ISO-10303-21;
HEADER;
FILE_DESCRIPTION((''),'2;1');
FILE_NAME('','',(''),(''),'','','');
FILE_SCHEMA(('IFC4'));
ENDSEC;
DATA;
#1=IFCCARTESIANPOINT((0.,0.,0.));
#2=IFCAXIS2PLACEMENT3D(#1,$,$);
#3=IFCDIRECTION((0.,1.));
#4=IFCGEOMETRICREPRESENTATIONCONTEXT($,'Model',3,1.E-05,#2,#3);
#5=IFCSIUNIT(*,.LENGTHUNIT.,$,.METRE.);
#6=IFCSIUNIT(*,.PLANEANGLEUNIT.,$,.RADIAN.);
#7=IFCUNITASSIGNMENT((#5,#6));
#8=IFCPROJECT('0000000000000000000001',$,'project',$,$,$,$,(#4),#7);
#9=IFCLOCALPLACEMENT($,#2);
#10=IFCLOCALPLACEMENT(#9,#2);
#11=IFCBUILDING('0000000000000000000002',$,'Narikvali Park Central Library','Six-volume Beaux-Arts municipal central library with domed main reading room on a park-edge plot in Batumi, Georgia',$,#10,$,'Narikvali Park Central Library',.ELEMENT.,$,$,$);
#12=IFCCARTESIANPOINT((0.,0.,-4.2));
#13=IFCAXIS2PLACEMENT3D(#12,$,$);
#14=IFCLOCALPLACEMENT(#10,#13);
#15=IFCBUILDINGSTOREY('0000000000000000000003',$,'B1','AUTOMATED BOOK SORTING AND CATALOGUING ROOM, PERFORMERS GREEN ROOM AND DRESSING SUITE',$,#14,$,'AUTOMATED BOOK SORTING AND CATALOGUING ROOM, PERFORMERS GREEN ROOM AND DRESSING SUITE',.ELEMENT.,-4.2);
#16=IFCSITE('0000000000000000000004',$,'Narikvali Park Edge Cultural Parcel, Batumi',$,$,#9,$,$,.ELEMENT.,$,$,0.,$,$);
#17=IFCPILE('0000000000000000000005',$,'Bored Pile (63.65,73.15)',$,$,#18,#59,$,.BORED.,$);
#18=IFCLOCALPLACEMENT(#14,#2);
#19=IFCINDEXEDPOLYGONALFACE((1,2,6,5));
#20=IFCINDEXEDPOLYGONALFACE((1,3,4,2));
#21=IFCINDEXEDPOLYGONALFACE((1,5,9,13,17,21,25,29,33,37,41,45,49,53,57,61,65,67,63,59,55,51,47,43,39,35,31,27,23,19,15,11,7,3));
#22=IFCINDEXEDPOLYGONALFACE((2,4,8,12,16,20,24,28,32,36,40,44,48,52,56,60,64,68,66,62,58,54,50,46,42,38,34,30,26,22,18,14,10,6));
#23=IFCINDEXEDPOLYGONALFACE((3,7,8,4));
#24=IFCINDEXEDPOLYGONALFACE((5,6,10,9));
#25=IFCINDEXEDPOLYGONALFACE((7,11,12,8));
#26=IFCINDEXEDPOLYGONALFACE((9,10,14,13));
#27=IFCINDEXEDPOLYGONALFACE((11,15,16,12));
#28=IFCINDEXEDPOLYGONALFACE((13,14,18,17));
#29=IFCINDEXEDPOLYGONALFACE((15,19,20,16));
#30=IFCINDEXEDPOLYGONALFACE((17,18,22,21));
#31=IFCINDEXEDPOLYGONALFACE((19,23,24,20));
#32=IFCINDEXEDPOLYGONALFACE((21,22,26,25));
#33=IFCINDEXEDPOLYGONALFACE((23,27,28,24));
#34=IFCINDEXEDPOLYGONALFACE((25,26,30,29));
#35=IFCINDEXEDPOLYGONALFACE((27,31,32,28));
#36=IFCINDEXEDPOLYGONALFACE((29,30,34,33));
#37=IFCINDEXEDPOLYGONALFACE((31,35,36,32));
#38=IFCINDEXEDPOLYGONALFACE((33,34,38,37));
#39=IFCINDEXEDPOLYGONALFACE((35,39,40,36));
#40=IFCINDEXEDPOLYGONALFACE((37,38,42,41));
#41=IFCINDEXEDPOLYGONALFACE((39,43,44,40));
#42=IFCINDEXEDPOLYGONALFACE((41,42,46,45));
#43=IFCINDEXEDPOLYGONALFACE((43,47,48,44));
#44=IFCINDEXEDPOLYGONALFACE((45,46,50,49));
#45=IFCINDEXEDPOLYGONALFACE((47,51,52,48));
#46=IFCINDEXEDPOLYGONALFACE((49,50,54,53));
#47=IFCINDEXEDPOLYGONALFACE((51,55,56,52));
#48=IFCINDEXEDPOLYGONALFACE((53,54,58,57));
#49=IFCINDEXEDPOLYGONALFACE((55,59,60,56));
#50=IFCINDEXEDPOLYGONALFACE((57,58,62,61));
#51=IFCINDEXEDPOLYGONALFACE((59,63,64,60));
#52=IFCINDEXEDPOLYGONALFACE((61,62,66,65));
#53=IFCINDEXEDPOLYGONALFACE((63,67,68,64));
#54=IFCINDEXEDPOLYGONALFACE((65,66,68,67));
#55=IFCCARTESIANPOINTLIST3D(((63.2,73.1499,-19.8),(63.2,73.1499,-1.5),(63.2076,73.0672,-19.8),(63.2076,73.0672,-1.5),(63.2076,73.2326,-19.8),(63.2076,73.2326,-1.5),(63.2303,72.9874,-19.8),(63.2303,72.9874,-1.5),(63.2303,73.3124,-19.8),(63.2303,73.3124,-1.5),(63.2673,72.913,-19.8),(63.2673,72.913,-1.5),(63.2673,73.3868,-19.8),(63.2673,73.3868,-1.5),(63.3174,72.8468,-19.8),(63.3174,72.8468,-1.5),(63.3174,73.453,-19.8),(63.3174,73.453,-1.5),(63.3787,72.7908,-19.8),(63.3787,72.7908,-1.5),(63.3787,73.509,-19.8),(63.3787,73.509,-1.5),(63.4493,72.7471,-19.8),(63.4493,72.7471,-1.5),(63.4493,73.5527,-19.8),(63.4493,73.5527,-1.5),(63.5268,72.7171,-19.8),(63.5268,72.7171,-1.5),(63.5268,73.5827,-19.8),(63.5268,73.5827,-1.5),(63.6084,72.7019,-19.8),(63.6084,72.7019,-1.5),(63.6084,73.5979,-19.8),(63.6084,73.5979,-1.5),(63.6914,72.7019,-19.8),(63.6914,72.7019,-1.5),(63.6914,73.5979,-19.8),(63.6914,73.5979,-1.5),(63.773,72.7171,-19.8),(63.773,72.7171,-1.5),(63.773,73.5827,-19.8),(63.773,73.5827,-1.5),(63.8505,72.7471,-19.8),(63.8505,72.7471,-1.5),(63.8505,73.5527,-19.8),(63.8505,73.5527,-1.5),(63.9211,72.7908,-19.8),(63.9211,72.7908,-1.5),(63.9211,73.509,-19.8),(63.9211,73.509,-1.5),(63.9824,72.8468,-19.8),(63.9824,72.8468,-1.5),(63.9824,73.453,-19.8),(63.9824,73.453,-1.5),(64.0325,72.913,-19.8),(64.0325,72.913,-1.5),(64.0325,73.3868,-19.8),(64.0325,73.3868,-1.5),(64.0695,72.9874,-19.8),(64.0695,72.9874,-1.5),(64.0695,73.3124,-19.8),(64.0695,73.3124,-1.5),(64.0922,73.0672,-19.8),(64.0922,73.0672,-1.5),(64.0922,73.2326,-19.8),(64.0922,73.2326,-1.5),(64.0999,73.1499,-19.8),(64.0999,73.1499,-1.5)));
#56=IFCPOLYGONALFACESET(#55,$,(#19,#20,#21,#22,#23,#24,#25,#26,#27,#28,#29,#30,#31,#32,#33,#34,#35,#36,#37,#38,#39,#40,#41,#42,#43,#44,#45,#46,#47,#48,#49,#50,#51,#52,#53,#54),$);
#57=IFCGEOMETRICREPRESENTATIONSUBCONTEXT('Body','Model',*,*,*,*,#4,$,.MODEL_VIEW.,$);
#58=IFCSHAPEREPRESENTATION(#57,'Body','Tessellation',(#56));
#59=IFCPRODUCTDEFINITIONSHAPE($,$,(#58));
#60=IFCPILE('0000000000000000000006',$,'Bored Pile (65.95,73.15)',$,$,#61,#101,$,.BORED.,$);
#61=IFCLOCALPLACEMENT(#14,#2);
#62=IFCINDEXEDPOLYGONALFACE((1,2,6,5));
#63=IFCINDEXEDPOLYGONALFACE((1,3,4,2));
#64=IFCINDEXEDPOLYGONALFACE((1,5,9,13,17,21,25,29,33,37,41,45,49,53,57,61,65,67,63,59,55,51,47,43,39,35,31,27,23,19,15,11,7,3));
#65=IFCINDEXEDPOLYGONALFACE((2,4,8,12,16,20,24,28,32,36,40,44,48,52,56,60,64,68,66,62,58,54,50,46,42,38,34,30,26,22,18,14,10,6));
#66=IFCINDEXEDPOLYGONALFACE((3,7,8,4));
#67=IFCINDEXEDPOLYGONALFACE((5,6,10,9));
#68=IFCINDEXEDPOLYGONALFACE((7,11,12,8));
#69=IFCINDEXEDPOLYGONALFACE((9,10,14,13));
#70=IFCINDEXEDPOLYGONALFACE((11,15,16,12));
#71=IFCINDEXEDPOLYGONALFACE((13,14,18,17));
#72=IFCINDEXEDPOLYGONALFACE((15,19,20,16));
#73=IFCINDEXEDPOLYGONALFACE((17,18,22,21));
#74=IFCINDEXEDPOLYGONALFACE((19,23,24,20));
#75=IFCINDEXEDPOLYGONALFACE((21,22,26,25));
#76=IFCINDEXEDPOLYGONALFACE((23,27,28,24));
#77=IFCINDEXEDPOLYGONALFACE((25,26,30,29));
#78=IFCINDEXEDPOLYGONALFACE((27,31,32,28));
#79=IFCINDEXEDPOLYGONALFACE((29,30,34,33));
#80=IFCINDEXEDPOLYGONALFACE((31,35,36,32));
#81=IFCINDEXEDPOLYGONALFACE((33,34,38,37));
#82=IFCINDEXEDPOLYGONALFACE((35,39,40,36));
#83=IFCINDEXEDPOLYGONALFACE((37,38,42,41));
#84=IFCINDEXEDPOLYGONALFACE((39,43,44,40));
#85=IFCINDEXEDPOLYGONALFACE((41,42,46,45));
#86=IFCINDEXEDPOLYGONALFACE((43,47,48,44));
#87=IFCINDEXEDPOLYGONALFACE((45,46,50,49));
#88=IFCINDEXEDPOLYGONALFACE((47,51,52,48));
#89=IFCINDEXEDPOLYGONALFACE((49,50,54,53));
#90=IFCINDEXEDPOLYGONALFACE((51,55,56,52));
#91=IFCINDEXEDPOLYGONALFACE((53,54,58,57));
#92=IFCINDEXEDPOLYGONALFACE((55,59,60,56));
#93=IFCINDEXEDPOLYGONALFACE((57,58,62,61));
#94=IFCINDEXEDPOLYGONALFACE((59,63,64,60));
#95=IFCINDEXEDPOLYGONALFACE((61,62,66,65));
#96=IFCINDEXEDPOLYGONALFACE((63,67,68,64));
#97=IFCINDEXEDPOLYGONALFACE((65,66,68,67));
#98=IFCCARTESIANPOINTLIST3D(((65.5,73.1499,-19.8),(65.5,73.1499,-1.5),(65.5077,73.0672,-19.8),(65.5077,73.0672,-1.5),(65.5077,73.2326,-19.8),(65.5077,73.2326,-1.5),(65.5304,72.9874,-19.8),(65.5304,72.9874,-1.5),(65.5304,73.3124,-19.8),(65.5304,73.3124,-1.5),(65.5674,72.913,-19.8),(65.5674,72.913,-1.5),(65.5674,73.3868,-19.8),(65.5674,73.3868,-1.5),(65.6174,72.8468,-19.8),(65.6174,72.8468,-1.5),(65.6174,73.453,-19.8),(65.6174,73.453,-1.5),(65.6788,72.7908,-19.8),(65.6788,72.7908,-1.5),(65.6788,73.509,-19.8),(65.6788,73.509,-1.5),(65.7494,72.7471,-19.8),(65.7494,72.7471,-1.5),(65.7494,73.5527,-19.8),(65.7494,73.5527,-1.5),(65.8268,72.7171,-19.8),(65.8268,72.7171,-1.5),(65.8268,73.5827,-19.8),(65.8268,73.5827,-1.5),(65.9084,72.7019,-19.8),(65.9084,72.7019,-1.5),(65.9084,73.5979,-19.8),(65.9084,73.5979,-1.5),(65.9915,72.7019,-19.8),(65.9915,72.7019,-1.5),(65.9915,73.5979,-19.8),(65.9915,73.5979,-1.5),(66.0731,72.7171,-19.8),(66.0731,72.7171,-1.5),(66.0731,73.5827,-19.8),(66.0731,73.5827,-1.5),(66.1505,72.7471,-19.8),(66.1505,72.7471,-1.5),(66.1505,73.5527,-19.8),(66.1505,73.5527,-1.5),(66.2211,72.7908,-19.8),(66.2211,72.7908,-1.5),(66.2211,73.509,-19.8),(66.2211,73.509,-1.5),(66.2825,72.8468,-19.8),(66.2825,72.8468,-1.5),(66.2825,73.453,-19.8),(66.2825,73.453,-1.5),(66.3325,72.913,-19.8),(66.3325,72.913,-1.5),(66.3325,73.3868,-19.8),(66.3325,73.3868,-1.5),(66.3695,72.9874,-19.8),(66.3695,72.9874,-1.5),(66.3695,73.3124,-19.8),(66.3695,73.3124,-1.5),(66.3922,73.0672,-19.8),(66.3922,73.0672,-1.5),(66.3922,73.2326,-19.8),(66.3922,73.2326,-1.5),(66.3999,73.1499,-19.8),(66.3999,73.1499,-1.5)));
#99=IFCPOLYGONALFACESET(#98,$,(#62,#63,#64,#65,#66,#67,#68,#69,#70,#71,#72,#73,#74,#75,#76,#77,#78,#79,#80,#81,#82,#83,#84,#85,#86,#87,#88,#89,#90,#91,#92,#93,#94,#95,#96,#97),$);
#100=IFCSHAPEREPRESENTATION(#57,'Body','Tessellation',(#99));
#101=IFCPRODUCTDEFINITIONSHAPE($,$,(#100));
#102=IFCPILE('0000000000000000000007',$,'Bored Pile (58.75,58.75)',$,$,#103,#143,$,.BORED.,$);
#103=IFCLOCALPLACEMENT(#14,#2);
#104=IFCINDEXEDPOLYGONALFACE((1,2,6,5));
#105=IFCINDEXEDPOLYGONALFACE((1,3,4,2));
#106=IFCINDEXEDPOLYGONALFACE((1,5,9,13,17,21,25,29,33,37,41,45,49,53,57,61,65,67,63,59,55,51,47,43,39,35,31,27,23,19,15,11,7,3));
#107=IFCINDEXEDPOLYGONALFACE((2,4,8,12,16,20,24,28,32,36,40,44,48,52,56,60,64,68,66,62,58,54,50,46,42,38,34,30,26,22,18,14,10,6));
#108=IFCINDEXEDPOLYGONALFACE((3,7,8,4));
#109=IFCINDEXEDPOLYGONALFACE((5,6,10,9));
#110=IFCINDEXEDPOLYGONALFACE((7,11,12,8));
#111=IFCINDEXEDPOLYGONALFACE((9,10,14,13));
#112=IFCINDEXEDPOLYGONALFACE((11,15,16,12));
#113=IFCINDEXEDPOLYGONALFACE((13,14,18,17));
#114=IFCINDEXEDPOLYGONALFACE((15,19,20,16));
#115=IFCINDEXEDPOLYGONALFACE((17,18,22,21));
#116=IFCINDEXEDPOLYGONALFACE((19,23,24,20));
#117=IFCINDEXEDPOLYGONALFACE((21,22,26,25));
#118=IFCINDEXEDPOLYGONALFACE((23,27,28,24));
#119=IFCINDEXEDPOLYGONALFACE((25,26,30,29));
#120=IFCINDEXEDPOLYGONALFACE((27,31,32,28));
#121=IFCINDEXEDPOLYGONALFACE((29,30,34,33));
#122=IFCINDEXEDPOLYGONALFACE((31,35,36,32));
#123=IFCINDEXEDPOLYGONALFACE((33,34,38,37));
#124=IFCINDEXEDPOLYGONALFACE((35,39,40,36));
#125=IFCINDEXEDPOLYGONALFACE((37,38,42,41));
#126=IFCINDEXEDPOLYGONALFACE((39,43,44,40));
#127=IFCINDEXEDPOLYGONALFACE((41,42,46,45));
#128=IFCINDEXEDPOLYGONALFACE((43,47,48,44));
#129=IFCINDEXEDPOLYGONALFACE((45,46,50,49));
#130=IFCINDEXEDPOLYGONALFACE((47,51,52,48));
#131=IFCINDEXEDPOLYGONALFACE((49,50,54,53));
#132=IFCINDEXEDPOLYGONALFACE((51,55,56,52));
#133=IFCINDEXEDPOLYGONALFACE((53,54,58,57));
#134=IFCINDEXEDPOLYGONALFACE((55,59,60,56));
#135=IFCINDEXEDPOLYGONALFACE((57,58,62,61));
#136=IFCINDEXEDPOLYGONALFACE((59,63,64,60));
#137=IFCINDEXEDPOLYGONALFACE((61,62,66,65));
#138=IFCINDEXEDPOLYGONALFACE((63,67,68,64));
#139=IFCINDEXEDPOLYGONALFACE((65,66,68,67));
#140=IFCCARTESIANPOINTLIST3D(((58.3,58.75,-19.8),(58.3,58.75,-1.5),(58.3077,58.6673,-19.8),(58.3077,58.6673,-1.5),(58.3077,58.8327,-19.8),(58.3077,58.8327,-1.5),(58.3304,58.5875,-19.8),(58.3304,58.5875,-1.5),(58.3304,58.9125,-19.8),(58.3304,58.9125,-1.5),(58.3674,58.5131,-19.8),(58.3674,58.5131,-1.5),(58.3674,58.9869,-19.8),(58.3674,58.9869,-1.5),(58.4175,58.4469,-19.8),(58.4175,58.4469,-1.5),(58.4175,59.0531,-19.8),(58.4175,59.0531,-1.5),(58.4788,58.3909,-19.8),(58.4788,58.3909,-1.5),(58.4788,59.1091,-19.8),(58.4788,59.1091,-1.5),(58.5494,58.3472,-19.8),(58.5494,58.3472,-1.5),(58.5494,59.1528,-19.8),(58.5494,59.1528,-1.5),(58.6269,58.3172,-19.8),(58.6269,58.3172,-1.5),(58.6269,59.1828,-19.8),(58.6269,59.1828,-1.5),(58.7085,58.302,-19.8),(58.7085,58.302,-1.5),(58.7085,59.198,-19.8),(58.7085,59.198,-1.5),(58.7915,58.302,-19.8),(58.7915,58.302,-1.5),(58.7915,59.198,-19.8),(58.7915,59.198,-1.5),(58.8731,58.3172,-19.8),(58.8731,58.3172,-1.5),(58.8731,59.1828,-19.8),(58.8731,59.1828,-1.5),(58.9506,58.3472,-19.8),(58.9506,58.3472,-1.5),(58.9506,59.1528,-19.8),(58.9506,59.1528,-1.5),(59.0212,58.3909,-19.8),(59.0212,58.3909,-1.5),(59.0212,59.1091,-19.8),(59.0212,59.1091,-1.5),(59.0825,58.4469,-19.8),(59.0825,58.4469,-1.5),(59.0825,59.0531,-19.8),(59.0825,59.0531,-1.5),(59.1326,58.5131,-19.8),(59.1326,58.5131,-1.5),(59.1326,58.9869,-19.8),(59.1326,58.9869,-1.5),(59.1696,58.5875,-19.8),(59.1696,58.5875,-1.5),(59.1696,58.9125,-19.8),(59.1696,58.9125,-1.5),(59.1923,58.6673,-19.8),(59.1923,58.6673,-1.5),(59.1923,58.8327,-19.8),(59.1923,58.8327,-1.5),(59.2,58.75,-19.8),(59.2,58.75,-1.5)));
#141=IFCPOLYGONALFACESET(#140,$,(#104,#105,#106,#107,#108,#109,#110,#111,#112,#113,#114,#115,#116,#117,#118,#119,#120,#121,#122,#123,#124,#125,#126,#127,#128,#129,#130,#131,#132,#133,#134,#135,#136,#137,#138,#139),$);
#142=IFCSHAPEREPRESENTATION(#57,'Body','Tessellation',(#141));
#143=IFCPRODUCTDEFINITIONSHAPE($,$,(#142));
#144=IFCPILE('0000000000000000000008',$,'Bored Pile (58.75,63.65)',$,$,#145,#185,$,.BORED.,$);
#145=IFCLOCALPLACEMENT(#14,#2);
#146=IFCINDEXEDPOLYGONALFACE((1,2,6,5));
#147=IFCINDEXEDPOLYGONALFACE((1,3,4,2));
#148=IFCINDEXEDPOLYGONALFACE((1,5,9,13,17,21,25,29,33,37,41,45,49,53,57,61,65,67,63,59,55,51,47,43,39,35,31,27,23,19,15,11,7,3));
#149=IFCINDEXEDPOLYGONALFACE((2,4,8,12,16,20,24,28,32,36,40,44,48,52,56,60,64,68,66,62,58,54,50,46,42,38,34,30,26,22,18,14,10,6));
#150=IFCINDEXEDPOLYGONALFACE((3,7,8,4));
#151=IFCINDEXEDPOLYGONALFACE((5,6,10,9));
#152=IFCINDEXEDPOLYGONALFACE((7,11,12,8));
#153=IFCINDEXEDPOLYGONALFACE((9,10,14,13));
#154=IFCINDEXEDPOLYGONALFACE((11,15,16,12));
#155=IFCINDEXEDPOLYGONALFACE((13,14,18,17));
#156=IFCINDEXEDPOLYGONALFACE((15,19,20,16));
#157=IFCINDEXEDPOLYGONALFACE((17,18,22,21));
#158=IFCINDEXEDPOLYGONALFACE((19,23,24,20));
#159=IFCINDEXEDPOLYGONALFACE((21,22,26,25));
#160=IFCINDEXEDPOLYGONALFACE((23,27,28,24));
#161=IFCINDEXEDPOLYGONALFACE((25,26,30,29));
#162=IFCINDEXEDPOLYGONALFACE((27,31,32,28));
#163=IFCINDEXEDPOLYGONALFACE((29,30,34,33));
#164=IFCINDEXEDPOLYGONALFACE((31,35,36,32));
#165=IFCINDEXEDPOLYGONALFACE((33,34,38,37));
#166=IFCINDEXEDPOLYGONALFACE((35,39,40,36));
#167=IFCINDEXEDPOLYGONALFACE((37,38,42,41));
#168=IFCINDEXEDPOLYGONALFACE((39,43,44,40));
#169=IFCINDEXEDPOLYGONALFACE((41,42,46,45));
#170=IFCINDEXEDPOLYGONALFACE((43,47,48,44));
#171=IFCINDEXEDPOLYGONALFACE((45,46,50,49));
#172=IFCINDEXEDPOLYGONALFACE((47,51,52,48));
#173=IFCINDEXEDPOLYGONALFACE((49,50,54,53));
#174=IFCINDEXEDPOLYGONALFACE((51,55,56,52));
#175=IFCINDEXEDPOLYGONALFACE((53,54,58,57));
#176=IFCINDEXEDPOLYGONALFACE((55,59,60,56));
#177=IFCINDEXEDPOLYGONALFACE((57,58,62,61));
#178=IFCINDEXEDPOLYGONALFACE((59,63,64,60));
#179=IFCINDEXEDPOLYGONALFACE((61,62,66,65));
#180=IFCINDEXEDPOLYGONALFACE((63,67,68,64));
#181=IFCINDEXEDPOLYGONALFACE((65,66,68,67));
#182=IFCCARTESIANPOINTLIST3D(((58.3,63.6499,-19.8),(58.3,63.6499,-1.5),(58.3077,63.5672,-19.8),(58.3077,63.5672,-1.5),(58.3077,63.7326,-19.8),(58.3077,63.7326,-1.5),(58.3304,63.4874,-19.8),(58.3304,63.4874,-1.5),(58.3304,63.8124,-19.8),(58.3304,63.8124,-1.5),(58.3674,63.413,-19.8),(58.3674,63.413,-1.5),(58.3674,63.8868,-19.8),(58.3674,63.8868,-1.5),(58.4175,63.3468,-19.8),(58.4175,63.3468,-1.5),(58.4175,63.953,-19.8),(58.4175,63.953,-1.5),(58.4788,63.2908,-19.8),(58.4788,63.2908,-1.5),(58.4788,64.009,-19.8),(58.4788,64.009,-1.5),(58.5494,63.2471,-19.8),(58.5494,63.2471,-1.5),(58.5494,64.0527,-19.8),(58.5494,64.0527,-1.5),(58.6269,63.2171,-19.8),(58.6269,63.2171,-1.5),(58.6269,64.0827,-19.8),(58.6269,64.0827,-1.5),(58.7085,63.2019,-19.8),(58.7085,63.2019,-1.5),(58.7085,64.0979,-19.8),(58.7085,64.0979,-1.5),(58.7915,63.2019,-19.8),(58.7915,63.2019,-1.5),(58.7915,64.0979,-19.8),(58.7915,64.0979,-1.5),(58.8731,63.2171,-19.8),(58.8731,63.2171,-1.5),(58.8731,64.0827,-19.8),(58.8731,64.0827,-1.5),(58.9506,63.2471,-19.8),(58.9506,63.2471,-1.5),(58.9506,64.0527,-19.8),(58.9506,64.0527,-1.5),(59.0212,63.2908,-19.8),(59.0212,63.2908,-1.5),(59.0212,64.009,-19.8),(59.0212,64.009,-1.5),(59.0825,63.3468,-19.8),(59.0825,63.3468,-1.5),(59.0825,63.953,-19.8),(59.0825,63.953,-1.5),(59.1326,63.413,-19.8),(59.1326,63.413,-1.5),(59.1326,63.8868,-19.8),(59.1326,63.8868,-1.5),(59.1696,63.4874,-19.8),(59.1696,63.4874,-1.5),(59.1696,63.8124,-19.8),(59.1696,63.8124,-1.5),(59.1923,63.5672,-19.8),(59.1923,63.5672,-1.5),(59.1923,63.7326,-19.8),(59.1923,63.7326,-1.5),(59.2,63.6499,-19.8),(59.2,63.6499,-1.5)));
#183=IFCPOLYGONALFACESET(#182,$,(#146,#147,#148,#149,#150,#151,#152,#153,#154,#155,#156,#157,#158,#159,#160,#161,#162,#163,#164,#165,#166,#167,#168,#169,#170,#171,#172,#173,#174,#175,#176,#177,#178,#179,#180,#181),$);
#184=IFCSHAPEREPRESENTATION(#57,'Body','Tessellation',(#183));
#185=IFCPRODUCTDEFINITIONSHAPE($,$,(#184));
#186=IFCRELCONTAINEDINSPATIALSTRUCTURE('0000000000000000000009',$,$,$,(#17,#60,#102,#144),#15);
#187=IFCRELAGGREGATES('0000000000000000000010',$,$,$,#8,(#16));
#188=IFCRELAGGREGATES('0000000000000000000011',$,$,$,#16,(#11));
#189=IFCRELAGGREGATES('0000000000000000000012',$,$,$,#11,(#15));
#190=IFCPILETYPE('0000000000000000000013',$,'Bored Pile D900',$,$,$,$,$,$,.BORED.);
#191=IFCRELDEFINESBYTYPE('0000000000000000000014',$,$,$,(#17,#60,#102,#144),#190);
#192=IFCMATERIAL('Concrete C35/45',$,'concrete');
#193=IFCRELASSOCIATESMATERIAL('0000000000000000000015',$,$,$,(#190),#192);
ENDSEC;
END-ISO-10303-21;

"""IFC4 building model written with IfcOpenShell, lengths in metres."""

from ifc_helpers import new_model, si_unit, direction, frame, origin, origin_2d, place, context, subcontext, project, spatial, circle, extrude, material, material_profile, profile_set, type_object, element, save


model = new_model("IFC4")

# Units and contexts
model_context = context("Model", 3, precision=1e-05, world=origin(), true_north=direction((0.0, 1.0)))
body_context = subcontext(model_context, "Body", "Model", "MODEL_VIEW")
ifc_project = project(units=[si_unit("LENGTHUNIT", "METRE"), si_unit("PLANEANGLEUNIT", "RADIAN")], contexts=[model_context])

# Site, building, storey
site_placement = place(None, origin())
site = spatial("IfcSite", under=ifc_project, at=site_placement, Name="Narikvali Park Edge Cultural Parcel, Batumi", CompositionType="ELEMENT", RefElevation=0.0)
building_placement = place(site_placement, origin())
building = spatial("IfcBuilding", under=site, at=building_placement, Name="Narikvali Park Central Library", Description="Six-volume Beaux-Arts municipal central library with domed main reading room on a park-edge plot in Batumi, Georgia", LongName="Narikvali Park Central Library", CompositionType="ELEMENT")
storey_placement = place(building_placement, frame((0.0, 0.0, -4.2)))
storey = spatial("IfcBuildingStorey", under=building, at=storey_placement, Name="B1", Description="AUTOMATED BOOK SORTING AND CATALOGUING ROOM, PERFORMERS GREEN ROOM AND DRESSING SUITE", LongName="AUTOMATED BOOK SORTING AND CATALOGUING ROOM, PERFORMERS GREEN ROOM AND DRESSING SUITE", CompositionType="ELEMENT", Elevation=-4.2)

# Piles
ifc_material_1 = material(Name="Concrete C35/45", Category="concrete")
ifc_material_profile_1 = material_profile(ifc_material_1, circle(Radius=0.45, at=origin_2d()), Name="PILE D900")
ifc_profile_set_1 = profile_set([ifc_material_profile_1], Name="Concrete C35/45")
pile_type = type_object("IfcPileType", Name="Bored Pile D900", PredefinedType="BORED", material=ifc_profile_set_1)
for number, where, z_axis, x_axis, name in (
    (1, (63.6499, 73.1499, -1.5), (0.0, 0.0, -1.0), (1.0, 0.0, 0.0), "Bored Pile (63.65,73.15)"),
    (2, (65.95, 73.1499, -1.5), (0.0, 0.0, -1.0), (1.0, 0.0, 0.0), "Bored Pile (65.95,73.15)"),
    (3, (58.75, 58.75, -1.5), (0.0, 0.0, -1.0), (1.0, 0.0, 0.0), "Bored Pile (58.75,58.75)"),
    (4, (58.75, 63.6499, -1.5), (0.0, 0.0, -1.0), (1.0, 0.0, 0.0), "Bored Pile (58.75,63.65)"),
):
    element("IfcPile", number, at=place(storey_placement, frame(where, z_axis=z_axis, x_axis=x_axis)), inside=storey, type_object=pile_type, Name=name, PredefinedType="BORED", context=body_context, shape_type="SweptSolid", body=[
        extrude(circle(Radius=0.45, at=origin_2d()), origin(), (0.0, 0.0, 1.0), 18.3),
    ])

save(model, "model.ifc")
